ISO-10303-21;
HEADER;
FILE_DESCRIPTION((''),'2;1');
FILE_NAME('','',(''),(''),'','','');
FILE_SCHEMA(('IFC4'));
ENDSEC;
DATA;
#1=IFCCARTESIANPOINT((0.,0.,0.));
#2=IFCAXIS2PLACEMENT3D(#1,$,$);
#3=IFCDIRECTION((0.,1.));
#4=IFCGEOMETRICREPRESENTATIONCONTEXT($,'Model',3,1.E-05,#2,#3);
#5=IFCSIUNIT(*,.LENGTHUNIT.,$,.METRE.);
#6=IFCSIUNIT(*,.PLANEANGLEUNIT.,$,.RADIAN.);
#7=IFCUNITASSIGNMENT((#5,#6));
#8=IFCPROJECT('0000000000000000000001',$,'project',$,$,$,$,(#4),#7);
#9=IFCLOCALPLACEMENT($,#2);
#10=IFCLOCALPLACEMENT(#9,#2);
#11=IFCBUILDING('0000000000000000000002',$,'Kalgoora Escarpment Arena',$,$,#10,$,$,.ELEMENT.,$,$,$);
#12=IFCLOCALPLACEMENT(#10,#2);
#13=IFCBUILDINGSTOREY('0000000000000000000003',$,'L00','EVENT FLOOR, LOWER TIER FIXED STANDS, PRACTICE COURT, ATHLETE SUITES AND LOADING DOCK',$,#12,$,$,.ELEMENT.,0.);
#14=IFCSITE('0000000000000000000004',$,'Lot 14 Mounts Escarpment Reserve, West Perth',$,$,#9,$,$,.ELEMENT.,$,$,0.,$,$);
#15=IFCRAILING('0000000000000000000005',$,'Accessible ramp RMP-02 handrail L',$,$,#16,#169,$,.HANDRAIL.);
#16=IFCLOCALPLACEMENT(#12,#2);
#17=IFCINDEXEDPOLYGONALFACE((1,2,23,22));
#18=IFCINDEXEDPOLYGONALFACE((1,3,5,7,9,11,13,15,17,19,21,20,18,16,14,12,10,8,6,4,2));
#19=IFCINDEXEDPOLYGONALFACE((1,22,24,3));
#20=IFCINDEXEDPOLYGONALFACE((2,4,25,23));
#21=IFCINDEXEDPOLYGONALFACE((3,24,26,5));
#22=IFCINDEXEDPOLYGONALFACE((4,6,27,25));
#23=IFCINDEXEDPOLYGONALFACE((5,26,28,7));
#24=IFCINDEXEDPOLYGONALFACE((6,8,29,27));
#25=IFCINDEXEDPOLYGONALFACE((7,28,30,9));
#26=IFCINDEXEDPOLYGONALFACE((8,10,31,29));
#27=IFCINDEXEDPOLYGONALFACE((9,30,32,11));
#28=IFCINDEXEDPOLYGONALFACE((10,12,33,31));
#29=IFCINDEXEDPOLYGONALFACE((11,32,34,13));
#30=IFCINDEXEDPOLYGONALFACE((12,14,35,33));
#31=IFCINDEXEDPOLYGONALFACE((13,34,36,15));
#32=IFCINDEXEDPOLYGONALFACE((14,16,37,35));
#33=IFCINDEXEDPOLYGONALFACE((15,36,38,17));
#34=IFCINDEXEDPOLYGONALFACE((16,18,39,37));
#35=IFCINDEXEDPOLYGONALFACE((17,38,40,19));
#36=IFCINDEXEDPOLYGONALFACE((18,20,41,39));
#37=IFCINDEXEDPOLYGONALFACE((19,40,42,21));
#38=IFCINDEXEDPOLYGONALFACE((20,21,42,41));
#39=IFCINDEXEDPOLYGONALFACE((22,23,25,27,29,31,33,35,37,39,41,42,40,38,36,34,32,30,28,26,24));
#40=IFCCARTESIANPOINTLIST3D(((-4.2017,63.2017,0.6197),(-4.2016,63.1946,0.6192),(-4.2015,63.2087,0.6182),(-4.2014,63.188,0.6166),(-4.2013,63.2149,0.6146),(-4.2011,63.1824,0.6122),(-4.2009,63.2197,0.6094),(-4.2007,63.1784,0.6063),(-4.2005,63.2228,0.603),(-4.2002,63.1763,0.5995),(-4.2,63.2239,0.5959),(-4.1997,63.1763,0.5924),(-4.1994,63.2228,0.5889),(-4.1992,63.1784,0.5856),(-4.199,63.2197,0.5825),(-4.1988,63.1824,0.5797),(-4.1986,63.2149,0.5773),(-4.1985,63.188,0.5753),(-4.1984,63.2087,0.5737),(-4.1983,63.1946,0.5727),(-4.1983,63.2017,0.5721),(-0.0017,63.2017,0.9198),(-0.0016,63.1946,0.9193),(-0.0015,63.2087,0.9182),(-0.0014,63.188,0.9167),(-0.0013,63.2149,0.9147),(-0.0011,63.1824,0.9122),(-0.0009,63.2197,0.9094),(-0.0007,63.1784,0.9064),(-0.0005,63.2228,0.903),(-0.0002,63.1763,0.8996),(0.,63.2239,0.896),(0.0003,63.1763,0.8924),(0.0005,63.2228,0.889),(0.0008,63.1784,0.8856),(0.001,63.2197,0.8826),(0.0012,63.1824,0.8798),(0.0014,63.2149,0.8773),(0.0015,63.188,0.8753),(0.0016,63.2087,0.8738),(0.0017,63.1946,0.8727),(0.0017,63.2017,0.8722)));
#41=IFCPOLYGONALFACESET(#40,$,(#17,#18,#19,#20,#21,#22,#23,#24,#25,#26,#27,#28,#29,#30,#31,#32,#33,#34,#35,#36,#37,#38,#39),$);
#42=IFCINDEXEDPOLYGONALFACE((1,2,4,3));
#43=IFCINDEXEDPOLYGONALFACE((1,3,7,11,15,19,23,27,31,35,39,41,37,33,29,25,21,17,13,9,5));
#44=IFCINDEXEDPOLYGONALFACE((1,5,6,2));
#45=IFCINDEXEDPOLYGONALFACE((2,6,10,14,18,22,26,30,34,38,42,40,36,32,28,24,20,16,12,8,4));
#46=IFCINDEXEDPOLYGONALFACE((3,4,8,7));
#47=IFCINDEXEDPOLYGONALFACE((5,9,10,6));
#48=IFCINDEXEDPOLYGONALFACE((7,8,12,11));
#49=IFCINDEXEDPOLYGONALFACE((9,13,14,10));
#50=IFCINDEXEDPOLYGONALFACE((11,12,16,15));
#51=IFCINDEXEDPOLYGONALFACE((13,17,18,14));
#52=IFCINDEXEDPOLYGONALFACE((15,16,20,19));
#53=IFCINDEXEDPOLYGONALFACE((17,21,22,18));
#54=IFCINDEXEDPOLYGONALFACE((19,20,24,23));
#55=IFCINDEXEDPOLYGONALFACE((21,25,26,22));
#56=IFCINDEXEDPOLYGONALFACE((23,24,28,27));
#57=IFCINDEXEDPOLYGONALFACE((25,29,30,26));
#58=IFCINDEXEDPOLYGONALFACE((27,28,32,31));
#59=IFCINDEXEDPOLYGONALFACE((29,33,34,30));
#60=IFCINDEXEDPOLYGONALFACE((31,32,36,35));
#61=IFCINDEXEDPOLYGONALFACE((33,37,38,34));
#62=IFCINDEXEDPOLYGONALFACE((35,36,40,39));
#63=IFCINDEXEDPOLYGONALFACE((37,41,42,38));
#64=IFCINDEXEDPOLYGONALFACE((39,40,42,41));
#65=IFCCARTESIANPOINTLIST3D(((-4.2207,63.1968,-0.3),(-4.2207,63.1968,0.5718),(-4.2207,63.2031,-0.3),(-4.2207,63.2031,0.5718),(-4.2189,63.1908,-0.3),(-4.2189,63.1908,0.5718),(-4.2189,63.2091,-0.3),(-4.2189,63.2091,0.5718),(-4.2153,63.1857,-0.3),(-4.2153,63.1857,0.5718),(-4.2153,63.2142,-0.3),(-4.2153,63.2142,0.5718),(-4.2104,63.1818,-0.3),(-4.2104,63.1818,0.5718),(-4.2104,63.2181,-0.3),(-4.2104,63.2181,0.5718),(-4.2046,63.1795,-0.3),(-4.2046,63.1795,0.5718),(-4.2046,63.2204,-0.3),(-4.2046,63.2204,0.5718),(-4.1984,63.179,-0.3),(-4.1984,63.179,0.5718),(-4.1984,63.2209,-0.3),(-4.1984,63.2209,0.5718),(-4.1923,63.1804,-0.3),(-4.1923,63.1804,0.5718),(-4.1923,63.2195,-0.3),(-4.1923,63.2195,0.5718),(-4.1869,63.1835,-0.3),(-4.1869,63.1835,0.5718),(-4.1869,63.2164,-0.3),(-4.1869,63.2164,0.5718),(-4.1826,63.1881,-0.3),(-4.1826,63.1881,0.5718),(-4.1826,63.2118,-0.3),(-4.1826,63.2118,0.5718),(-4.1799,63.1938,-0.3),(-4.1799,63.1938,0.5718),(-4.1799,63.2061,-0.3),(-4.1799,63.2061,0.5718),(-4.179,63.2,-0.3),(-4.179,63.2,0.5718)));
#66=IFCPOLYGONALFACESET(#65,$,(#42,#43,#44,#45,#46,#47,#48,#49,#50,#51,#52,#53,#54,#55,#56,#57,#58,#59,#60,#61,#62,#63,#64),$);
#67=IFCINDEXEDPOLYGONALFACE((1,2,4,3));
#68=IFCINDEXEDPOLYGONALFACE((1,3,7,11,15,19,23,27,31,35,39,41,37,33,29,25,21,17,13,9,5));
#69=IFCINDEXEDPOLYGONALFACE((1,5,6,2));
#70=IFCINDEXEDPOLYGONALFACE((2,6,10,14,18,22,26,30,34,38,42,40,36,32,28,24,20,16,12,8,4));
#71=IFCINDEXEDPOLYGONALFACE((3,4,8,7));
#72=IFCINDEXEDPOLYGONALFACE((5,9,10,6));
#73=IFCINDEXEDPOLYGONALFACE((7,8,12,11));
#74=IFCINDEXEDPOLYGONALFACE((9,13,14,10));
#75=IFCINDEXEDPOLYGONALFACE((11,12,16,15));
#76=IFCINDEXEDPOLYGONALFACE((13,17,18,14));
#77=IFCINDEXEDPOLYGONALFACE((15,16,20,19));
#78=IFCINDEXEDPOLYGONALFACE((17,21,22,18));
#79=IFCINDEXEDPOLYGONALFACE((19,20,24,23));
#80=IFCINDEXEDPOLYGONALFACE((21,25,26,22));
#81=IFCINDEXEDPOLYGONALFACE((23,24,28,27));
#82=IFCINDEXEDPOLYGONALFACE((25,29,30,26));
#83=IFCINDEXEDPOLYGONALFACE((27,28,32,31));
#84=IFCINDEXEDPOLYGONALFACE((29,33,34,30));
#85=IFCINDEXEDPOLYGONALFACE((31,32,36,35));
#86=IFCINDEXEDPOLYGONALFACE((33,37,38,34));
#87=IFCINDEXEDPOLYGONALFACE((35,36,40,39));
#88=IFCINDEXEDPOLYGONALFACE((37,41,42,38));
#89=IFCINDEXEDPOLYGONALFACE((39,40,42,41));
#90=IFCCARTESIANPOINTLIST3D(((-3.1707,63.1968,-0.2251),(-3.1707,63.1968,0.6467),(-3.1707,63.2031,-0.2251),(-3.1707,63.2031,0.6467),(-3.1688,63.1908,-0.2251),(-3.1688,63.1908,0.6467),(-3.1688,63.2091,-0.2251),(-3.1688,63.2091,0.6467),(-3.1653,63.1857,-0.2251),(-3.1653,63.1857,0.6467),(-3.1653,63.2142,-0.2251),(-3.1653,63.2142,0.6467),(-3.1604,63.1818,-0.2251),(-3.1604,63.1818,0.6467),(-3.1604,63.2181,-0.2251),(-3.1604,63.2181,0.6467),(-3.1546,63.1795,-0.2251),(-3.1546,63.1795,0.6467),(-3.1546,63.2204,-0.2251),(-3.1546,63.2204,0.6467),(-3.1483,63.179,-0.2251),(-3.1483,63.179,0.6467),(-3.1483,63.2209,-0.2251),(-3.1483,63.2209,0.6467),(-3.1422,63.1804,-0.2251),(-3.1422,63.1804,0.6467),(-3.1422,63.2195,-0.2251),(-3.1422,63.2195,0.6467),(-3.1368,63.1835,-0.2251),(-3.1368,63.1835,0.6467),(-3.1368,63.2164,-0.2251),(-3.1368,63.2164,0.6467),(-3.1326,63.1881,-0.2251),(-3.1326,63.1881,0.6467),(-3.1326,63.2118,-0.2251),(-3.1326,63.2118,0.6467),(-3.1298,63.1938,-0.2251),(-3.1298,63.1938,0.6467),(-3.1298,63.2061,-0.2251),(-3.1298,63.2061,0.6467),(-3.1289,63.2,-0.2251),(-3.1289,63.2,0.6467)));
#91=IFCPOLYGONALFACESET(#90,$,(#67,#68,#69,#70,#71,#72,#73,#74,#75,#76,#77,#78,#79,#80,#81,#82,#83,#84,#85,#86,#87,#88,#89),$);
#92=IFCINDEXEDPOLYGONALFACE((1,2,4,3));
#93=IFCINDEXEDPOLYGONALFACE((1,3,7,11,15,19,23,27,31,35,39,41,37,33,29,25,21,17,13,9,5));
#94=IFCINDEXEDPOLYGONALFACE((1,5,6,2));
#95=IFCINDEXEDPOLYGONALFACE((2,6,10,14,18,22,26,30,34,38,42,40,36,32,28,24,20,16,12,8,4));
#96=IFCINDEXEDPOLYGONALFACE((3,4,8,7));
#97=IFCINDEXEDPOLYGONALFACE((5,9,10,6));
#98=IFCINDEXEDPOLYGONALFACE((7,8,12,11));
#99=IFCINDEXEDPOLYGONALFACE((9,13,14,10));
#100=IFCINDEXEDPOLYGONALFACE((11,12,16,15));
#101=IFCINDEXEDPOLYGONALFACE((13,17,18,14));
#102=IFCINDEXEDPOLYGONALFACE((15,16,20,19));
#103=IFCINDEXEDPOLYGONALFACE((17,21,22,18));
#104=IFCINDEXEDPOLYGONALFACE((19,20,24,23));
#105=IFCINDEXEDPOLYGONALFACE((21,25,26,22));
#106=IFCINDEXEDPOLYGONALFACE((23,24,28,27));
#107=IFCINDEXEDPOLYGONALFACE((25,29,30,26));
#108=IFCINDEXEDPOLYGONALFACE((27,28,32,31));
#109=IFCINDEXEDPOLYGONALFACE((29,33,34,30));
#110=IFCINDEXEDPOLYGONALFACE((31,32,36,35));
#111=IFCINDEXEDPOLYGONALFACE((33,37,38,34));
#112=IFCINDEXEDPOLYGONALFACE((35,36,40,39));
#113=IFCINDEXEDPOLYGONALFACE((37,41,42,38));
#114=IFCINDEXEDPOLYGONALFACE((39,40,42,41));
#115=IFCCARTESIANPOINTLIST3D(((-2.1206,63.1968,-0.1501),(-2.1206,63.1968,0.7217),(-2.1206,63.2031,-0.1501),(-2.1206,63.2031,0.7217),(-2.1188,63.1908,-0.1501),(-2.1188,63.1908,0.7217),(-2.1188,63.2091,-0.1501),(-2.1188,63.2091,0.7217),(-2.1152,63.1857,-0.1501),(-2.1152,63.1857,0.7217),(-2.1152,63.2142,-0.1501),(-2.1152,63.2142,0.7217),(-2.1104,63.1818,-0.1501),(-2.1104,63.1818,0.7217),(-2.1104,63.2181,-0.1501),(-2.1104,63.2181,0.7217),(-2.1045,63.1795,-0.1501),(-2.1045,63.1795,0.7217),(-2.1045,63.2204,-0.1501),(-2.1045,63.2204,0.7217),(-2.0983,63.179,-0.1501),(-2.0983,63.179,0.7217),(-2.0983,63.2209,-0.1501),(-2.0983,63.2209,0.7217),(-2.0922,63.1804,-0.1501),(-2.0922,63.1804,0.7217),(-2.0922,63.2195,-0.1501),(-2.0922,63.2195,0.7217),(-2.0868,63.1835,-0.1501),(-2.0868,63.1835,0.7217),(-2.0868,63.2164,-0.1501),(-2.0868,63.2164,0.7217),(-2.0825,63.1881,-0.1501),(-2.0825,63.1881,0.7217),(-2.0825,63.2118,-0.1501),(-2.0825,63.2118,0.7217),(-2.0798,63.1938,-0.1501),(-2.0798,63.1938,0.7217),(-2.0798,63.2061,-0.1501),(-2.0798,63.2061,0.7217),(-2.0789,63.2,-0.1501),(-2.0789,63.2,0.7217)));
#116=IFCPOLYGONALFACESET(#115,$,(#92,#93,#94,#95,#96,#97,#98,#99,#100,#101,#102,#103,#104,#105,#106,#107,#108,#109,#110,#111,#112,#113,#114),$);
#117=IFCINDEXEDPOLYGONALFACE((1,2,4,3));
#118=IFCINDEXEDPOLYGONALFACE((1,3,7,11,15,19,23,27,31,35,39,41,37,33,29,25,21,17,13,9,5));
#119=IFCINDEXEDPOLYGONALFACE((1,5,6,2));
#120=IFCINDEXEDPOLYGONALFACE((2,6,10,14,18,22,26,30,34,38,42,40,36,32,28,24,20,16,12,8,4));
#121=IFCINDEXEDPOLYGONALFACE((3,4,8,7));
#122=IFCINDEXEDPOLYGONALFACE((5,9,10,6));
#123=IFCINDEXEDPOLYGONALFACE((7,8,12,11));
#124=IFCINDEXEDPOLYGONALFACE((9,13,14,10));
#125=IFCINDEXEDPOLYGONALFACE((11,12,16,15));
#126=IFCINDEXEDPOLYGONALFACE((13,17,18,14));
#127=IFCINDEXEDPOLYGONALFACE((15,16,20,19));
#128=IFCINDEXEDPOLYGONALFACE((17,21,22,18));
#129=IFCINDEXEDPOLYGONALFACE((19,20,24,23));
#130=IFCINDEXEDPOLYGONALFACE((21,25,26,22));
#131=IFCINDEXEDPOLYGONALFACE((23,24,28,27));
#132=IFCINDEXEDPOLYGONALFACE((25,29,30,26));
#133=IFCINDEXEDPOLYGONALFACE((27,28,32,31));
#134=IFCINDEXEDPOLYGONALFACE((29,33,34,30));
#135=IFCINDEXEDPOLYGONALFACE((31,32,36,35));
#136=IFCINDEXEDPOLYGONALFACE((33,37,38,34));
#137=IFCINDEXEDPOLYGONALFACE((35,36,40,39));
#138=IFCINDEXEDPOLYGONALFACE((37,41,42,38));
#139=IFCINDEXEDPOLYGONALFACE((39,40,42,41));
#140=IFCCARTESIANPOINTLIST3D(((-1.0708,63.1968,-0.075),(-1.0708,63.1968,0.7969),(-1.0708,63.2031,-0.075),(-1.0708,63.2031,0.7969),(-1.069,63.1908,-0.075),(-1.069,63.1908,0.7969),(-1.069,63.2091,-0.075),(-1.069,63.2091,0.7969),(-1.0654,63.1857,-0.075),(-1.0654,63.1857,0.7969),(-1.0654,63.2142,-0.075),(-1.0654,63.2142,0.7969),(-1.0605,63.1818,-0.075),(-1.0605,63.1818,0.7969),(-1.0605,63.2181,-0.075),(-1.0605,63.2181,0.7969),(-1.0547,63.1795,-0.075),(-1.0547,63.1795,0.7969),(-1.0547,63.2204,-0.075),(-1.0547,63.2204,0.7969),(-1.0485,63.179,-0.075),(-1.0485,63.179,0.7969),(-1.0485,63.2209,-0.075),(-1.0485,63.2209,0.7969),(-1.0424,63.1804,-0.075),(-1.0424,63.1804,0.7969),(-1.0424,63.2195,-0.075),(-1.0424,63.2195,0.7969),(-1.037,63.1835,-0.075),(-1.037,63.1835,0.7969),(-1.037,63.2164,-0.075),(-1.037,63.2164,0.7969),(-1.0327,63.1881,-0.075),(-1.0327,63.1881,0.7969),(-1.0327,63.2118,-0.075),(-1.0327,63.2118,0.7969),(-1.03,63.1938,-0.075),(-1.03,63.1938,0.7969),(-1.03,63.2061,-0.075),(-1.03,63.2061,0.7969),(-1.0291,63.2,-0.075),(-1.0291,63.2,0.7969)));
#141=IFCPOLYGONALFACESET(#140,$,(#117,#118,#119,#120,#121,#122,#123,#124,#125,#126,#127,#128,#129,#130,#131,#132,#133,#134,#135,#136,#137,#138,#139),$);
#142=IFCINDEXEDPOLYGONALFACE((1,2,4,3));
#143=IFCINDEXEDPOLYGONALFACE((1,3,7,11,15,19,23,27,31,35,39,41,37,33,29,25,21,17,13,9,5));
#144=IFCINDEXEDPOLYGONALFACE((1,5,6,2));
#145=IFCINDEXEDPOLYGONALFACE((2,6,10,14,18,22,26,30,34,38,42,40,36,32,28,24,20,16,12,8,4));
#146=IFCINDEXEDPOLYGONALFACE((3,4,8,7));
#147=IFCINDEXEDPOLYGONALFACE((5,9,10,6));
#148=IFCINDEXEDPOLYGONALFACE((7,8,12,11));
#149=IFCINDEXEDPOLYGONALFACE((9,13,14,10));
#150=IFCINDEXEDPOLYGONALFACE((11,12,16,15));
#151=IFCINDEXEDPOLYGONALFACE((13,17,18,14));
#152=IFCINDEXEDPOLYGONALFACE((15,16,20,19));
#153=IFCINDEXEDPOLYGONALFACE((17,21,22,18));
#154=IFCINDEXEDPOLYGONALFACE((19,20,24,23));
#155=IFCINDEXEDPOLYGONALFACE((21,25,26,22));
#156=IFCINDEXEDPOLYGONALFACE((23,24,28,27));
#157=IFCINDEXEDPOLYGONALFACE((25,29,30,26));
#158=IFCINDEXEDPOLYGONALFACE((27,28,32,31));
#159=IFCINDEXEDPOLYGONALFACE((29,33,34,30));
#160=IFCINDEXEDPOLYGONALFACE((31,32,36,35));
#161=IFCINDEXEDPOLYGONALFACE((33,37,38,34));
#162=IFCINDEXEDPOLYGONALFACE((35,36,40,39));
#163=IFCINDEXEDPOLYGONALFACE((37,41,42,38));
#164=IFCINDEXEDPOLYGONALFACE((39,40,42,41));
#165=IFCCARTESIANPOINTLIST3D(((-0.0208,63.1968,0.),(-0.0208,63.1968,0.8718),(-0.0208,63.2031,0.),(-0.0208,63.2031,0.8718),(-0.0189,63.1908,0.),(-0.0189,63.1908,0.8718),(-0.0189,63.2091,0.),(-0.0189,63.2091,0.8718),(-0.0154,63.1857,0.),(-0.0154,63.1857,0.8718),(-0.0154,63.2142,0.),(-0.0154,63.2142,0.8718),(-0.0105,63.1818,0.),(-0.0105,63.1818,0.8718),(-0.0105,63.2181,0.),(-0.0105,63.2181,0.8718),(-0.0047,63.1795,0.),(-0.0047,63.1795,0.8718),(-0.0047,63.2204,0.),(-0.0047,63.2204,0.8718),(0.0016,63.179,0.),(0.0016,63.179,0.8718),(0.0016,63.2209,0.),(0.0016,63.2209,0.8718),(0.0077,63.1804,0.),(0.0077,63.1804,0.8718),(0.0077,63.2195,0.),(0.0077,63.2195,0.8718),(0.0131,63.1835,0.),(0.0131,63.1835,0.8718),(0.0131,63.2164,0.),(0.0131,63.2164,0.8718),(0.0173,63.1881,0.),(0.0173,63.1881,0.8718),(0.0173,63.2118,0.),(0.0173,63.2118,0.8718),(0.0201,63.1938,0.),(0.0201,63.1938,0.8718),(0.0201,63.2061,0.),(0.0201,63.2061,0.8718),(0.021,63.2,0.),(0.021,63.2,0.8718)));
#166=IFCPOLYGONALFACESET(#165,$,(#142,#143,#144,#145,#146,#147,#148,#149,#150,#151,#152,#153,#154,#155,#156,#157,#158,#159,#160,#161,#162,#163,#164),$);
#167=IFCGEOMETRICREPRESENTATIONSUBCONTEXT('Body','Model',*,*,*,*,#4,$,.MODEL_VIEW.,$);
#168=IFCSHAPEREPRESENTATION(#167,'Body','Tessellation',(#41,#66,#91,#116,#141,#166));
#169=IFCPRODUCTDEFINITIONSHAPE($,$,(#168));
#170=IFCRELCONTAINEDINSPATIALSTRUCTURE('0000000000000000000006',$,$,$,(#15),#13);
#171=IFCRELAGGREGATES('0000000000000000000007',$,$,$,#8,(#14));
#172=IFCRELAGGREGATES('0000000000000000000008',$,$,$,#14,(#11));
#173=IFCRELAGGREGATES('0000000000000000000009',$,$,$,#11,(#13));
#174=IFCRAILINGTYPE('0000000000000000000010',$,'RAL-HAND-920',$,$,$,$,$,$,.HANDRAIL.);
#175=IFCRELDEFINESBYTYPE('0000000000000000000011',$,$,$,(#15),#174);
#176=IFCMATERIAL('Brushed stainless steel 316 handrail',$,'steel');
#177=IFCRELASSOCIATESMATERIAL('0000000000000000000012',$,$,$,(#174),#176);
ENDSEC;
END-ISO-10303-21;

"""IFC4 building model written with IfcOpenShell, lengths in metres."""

from ifc_helpers import new_model, si_unit, direction, frame, origin, origin_2d, place, context, subcontext, project, spatial, circle, extrude, material, type_object, element, save


model = new_model("IFC4")

# Units and contexts
model_context = context("Model", 3, precision=1e-05, world=origin(), true_north=direction((0.0, 1.0)))
body_context = subcontext(model_context, "Body", "Model", "MODEL_VIEW")
ifc_project = project(units=[si_unit("LENGTHUNIT", "METRE"), si_unit("PLANEANGLEUNIT", "RADIAN")], contexts=[model_context])

# Site, building, storey
site_placement = place(None, origin())
site = spatial("IfcSite", under=ifc_project, at=site_placement, Name="Lot 14 Mounts Escarpment Reserve, West Perth", CompositionType="ELEMENT", RefElevation=0.0)
building_placement = place(site_placement, origin())
building = spatial("IfcBuilding", under=site, at=building_placement, Name="Kalgoora Escarpment Arena", CompositionType="ELEMENT")
storey_placement = place(building_placement, origin())
storey = spatial("IfcBuildingStorey", under=building, at=storey_placement, Name="L00", Description="EVENT FLOOR, LOWER TIER FIXED STANDS, PRACTICE COURT, ATHLETE SUITES AND LOADING DOCK", CompositionType="ELEMENT", Elevation=0.0)

# Railing
ifc_material_1 = material(Name="Brushed stainless steel 316 handrail", Category="steel")
railing_type = type_object("IfcRailingType", Name="RAL-HAND-920", PredefinedType="HANDRAIL", material=ifc_material_1)
for number, where, name in (
    (1, (-4.2, 63.2, -0.3), "Accessible ramp RMP-02 handrail L"),
):
    element("IfcRailing", number, at=place(storey_placement, frame(where)), inside=storey, type_object=railing_type, Name=name, PredefinedType="HANDRAIL", context=body_context, shape_type="SweptSolid", body=[
        extrude(circle(Radius=0.0239, at=origin_2d()), frame((0.0, 0.0, 0.896), z_axis=(0.997458, 0.0, 0.071259), x_axis=(0.0, 1.0, 0.0)), (0.0, 0.0, 1.0), 4.2107),
        extrude(circle(Radius=0.021, at=origin_2d()), origin(), (0.0, 0.0, 1.0), 0.8718),
        extrude(circle(Radius=0.021, at=origin_2d()), frame((1.05, 0.0, 0.075)), (0.0, 0.0, 1.0), 0.8718),
        extrude(circle(Radius=0.021, at=origin_2d()), frame((2.1001, 0.0, 0.1499)), (0.0, 0.0, 1.0), 0.8718),
        extrude(circle(Radius=0.021, at=origin_2d()), frame((3.1499, 0.0, 0.2251)), (0.0, 0.0, 1.0), 0.8718),
        extrude(circle(Radius=0.021, at=origin_2d()), frame((4.2, 0.0, 0.3)), (0.0, 0.0, 1.0), 0.8718),
    ])

save(model, "model.ifc")
